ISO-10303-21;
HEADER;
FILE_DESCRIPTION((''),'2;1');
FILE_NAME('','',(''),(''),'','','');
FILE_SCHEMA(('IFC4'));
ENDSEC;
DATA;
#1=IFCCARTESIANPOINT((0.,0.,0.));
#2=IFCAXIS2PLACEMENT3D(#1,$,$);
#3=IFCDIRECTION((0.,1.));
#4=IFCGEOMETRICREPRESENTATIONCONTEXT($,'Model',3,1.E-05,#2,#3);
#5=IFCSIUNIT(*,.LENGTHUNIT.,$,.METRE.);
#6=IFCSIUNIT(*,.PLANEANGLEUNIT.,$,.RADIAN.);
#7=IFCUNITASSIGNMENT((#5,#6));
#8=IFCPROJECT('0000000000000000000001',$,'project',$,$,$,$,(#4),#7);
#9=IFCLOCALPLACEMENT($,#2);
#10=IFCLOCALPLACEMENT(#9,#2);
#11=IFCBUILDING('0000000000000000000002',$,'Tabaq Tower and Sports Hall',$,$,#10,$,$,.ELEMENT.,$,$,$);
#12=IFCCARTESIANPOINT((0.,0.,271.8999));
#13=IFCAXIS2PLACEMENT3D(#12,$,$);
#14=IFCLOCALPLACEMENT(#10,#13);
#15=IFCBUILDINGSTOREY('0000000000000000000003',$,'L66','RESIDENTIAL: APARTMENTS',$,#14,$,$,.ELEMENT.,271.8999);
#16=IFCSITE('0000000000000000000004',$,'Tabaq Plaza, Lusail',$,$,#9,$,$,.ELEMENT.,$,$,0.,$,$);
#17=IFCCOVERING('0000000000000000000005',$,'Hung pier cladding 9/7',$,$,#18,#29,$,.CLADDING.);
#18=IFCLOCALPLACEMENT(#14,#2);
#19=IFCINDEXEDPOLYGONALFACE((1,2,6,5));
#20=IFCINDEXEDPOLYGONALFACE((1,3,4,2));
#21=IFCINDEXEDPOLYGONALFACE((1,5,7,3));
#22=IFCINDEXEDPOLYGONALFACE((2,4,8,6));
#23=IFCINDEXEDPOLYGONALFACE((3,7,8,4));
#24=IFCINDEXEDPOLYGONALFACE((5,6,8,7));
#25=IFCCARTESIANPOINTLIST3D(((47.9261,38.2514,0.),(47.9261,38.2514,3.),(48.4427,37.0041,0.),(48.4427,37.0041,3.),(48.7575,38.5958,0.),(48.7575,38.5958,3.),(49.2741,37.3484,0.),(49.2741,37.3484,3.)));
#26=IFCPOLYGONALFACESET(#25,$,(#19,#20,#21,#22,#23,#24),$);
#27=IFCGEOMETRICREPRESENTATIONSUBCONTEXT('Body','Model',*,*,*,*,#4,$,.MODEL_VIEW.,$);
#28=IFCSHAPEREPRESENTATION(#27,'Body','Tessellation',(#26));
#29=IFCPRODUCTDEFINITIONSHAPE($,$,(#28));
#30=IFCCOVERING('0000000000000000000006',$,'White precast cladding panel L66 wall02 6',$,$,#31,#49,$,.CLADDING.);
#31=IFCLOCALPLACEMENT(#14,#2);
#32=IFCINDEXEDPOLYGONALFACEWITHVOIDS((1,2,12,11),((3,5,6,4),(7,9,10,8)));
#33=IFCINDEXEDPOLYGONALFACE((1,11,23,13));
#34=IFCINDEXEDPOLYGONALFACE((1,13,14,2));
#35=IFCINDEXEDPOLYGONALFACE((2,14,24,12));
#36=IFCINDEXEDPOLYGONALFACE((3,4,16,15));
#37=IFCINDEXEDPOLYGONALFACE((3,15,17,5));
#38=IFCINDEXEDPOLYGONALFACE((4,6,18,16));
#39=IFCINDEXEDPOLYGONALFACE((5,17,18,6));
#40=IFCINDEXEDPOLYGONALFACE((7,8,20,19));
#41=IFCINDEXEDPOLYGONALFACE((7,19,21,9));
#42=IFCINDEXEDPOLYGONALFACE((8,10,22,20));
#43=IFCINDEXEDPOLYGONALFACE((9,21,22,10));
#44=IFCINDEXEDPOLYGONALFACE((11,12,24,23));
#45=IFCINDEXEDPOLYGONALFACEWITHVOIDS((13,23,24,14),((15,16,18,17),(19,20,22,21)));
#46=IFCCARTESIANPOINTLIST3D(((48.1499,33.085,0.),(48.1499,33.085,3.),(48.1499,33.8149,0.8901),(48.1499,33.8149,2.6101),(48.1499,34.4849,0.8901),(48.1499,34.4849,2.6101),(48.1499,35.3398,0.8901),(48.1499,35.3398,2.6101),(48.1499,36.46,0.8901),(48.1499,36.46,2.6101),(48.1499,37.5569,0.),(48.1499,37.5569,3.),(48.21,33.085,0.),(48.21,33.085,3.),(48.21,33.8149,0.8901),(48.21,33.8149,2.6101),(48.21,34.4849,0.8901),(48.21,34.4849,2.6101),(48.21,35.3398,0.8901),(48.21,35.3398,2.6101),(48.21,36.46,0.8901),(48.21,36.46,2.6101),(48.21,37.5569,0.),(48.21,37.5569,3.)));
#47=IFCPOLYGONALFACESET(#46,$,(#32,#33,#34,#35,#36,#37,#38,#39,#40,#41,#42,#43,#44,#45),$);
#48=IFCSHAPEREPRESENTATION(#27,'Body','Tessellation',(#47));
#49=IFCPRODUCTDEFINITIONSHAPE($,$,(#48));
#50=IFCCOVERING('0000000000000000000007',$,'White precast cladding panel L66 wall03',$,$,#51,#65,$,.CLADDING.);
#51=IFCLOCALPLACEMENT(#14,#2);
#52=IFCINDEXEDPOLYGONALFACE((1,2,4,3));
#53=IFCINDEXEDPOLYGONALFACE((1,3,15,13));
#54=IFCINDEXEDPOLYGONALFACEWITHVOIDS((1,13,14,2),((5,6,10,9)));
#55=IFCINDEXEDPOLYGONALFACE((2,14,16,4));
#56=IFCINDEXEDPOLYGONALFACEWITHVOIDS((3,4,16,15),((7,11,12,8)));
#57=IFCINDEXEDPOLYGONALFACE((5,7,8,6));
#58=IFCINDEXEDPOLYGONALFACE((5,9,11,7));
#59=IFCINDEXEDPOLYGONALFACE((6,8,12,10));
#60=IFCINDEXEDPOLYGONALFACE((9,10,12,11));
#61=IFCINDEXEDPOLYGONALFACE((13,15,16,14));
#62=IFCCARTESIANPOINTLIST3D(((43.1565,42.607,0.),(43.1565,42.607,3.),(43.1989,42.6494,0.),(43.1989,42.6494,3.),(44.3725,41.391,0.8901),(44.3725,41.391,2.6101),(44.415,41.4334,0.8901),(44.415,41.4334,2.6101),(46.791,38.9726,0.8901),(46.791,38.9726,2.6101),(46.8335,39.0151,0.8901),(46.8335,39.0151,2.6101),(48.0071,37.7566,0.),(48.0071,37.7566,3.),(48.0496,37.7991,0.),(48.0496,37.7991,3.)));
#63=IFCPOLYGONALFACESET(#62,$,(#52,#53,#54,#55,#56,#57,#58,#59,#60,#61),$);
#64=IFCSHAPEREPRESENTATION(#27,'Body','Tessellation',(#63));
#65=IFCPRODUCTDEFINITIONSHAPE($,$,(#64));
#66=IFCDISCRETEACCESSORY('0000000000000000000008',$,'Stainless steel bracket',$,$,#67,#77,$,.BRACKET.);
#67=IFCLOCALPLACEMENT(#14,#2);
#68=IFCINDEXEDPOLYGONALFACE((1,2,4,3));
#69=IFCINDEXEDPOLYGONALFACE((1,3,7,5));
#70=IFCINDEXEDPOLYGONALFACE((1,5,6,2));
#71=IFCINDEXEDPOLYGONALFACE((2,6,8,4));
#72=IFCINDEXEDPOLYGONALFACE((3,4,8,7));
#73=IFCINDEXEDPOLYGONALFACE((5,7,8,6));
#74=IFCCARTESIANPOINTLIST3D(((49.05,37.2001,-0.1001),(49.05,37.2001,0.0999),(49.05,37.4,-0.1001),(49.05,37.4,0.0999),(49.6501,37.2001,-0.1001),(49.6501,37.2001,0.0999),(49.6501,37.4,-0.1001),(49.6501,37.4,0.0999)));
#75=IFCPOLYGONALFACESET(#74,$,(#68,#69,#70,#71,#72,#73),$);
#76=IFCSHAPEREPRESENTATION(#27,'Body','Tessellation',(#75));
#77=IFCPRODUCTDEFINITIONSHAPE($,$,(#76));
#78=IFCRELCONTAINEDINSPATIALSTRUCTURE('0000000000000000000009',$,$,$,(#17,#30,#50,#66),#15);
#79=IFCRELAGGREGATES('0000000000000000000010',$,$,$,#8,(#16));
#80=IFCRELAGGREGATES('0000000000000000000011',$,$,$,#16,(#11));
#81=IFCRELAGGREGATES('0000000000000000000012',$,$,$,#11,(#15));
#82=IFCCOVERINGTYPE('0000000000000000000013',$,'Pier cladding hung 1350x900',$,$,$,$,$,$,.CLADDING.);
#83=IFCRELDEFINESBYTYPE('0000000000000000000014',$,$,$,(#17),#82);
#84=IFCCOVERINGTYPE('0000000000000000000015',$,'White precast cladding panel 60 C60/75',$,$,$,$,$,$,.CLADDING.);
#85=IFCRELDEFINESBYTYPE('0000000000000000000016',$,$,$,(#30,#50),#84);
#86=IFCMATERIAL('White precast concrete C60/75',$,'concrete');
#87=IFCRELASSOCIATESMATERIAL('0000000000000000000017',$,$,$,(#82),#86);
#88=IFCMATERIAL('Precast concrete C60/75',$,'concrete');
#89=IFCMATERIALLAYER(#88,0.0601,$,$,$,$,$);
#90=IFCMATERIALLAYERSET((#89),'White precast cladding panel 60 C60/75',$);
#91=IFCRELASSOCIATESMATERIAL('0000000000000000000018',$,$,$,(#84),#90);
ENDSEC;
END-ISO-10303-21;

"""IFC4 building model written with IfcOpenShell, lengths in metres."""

from ifc_helpers import new_model, si_unit, direction, frame, frame_2d, origin, origin_2d, place, context, subcontext, project, spatial, polyline, rectangle, outline, extrude, material, layer, layer_set, type_object, element, save


model = new_model("IFC4")

# Units and contexts
model_context = context("Model", 3, precision=1e-05, world=origin(), true_north=direction((0.0, 1.0)))
body_context = subcontext(model_context, "Body", "Model", "MODEL_VIEW")
ifc_project = project(units=[si_unit("LENGTHUNIT", "METRE"), si_unit("PLANEANGLEUNIT", "RADIAN")], contexts=[model_context])

# Site, building, storey
site_placement = place(None, origin())
site = spatial("IfcSite", under=ifc_project, at=site_placement, Name="Tabaq Plaza, Lusail", CompositionType="ELEMENT", RefElevation=0.0)
building_placement = place(site_placement, origin())
building = spatial("IfcBuilding", under=site, at=building_placement, Name="Tabaq Tower and Sports Hall", CompositionType="ELEMENT")
storey_placement = place(building_placement, frame((0.0, 0.0, 271.8999)))
storey = spatial("IfcBuildingStorey", under=building, at=storey_placement, Name="L66", Description="RESIDENTIAL: APARTMENTS", CompositionType="ELEMENT", Elevation=271.8999)

# Coverings
ifc_material_1 = material(Name="White precast concrete C60/75", Category="concrete")
covering_type_1 = type_object("IfcCoveringType", Name="Pier cladding hung 1350x900", PredefinedType="CLADDING", material=ifc_material_1)
for number, where, z_axis, x_axis, name in (
    (1, (48.8584, 37.1763, 0.0), (0.0, 0.0, 1.0), (-0.38265, 0.923893, 0.0), "Hung pier cladding 9/7"),
):
    element("IfcCovering", number, at=place(storey_placement, frame(where, z_axis=z_axis, x_axis=x_axis)), inside=storey, type_object=covering_type_1, Name=name, PredefinedType="CLADDING", context=body_context, shape_type="SweptSolid", body=[
        extrude(rectangle(XDim=1.3501, YDim=0.8999, at=frame_2d((0.675, 0.0))), origin(), (0.0, 0.0, 1.0), 3.0),
    ])
ifc_material_2 = material(Name="Precast concrete C60/75", Category="concrete")
ifc_layer_1 = layer(ifc_material_2, 0.0601)
ifc_layer_set_1 = layer_set([ifc_layer_1], Name="White precast cladding panel 60 C60/75")
covering_type_2 = type_object("IfcCoveringType", Name="White precast cladding panel 60 C60/75", PredefinedType="CLADDING", material=ifc_layer_set_1)
covering_1_placement = place(storey_placement, frame((48.1799, 33.085, 0.0), z_axis=(0.0, 0.0, 1.0), x_axis=(0.0, 1.0, 0.0)))
element("IfcCovering", 2, at=covering_1_placement, inside=storey, type_object=covering_type_2, Name="White precast cladding panel L66 wall02 6", PredefinedType="CLADDING", context=body_context, shape_type="SweptSolid", body=[
    extrude(outline(polyline([(0.0, 0.0), (4.4719, 0.0), (4.4719, 3.0), (0.0, 3.0), (0.0, 0.0)]), holes=[polyline([(0.73, 2.6101), (1.3999, 2.6101), (1.3999, 0.8901), (0.73, 0.8901), (0.73, 2.6101)]), polyline([(2.2549, 2.6101), (3.375, 2.6101), (3.375, 0.8901), (2.2549, 0.8901), (2.2549, 2.6101)])]), frame((0.0, 0.03, 0.0), z_axis=(0.0, -1.0, 0.0), x_axis=(1.0, 0.0, 0.0)), (0.0, 0.0, 1.0), 0.0601),
])
covering_2_placement = place(storey_placement, frame((48.0283, 37.7778, 0.0), z_axis=(0.0, 0.0, 1.0), x_axis=(-0.707125, 0.707089, 0.0)))
element("IfcCovering", 3, at=covering_2_placement, inside=storey, type_object=covering_type_2, Name="White precast cladding panel L66 wall03", PredefinedType="CLADDING", context=body_context, shape_type="SweptSolid", body=[
    extrude(outline(polyline([(0.0, 0.0), (6.8596, 0.0), (6.8596, 3.0), (0.0, 3.0), (0.0, 0.0)]), holes=[polyline([(1.7197, 0.8901), (1.7197, 2.6101), (5.1399, 2.6101), (5.1399, 0.8901), (1.7197, 0.8901)])]), frame((0.0, 0.03, 0.0), z_axis=(0.0, -1.0, 0.0), x_axis=(1.0, 0.0, 0.0)), (0.0, 0.0, 1.0), 0.0601),
])

# Discrete accessory
discrete_accessory_placement = place(storey_placement, frame((49.3501, 37.3, -0.1001), z_axis=(0.0, 0.0, 1.0), x_axis=(1.0, 0.0, 0.0)))
element("IfcDiscreteAccessory", 4, at=discrete_accessory_placement, inside=storey, Name="Stainless steel bracket", PredefinedType="BRACKET", context=body_context, shape_type="SweptSolid", body=[
    extrude(rectangle(XDim=0.6001, YDim=0.2, at=origin_2d()), origin(), (0.0, 0.0, 1.0), 0.2),
])

save(model, "model.ifc")
